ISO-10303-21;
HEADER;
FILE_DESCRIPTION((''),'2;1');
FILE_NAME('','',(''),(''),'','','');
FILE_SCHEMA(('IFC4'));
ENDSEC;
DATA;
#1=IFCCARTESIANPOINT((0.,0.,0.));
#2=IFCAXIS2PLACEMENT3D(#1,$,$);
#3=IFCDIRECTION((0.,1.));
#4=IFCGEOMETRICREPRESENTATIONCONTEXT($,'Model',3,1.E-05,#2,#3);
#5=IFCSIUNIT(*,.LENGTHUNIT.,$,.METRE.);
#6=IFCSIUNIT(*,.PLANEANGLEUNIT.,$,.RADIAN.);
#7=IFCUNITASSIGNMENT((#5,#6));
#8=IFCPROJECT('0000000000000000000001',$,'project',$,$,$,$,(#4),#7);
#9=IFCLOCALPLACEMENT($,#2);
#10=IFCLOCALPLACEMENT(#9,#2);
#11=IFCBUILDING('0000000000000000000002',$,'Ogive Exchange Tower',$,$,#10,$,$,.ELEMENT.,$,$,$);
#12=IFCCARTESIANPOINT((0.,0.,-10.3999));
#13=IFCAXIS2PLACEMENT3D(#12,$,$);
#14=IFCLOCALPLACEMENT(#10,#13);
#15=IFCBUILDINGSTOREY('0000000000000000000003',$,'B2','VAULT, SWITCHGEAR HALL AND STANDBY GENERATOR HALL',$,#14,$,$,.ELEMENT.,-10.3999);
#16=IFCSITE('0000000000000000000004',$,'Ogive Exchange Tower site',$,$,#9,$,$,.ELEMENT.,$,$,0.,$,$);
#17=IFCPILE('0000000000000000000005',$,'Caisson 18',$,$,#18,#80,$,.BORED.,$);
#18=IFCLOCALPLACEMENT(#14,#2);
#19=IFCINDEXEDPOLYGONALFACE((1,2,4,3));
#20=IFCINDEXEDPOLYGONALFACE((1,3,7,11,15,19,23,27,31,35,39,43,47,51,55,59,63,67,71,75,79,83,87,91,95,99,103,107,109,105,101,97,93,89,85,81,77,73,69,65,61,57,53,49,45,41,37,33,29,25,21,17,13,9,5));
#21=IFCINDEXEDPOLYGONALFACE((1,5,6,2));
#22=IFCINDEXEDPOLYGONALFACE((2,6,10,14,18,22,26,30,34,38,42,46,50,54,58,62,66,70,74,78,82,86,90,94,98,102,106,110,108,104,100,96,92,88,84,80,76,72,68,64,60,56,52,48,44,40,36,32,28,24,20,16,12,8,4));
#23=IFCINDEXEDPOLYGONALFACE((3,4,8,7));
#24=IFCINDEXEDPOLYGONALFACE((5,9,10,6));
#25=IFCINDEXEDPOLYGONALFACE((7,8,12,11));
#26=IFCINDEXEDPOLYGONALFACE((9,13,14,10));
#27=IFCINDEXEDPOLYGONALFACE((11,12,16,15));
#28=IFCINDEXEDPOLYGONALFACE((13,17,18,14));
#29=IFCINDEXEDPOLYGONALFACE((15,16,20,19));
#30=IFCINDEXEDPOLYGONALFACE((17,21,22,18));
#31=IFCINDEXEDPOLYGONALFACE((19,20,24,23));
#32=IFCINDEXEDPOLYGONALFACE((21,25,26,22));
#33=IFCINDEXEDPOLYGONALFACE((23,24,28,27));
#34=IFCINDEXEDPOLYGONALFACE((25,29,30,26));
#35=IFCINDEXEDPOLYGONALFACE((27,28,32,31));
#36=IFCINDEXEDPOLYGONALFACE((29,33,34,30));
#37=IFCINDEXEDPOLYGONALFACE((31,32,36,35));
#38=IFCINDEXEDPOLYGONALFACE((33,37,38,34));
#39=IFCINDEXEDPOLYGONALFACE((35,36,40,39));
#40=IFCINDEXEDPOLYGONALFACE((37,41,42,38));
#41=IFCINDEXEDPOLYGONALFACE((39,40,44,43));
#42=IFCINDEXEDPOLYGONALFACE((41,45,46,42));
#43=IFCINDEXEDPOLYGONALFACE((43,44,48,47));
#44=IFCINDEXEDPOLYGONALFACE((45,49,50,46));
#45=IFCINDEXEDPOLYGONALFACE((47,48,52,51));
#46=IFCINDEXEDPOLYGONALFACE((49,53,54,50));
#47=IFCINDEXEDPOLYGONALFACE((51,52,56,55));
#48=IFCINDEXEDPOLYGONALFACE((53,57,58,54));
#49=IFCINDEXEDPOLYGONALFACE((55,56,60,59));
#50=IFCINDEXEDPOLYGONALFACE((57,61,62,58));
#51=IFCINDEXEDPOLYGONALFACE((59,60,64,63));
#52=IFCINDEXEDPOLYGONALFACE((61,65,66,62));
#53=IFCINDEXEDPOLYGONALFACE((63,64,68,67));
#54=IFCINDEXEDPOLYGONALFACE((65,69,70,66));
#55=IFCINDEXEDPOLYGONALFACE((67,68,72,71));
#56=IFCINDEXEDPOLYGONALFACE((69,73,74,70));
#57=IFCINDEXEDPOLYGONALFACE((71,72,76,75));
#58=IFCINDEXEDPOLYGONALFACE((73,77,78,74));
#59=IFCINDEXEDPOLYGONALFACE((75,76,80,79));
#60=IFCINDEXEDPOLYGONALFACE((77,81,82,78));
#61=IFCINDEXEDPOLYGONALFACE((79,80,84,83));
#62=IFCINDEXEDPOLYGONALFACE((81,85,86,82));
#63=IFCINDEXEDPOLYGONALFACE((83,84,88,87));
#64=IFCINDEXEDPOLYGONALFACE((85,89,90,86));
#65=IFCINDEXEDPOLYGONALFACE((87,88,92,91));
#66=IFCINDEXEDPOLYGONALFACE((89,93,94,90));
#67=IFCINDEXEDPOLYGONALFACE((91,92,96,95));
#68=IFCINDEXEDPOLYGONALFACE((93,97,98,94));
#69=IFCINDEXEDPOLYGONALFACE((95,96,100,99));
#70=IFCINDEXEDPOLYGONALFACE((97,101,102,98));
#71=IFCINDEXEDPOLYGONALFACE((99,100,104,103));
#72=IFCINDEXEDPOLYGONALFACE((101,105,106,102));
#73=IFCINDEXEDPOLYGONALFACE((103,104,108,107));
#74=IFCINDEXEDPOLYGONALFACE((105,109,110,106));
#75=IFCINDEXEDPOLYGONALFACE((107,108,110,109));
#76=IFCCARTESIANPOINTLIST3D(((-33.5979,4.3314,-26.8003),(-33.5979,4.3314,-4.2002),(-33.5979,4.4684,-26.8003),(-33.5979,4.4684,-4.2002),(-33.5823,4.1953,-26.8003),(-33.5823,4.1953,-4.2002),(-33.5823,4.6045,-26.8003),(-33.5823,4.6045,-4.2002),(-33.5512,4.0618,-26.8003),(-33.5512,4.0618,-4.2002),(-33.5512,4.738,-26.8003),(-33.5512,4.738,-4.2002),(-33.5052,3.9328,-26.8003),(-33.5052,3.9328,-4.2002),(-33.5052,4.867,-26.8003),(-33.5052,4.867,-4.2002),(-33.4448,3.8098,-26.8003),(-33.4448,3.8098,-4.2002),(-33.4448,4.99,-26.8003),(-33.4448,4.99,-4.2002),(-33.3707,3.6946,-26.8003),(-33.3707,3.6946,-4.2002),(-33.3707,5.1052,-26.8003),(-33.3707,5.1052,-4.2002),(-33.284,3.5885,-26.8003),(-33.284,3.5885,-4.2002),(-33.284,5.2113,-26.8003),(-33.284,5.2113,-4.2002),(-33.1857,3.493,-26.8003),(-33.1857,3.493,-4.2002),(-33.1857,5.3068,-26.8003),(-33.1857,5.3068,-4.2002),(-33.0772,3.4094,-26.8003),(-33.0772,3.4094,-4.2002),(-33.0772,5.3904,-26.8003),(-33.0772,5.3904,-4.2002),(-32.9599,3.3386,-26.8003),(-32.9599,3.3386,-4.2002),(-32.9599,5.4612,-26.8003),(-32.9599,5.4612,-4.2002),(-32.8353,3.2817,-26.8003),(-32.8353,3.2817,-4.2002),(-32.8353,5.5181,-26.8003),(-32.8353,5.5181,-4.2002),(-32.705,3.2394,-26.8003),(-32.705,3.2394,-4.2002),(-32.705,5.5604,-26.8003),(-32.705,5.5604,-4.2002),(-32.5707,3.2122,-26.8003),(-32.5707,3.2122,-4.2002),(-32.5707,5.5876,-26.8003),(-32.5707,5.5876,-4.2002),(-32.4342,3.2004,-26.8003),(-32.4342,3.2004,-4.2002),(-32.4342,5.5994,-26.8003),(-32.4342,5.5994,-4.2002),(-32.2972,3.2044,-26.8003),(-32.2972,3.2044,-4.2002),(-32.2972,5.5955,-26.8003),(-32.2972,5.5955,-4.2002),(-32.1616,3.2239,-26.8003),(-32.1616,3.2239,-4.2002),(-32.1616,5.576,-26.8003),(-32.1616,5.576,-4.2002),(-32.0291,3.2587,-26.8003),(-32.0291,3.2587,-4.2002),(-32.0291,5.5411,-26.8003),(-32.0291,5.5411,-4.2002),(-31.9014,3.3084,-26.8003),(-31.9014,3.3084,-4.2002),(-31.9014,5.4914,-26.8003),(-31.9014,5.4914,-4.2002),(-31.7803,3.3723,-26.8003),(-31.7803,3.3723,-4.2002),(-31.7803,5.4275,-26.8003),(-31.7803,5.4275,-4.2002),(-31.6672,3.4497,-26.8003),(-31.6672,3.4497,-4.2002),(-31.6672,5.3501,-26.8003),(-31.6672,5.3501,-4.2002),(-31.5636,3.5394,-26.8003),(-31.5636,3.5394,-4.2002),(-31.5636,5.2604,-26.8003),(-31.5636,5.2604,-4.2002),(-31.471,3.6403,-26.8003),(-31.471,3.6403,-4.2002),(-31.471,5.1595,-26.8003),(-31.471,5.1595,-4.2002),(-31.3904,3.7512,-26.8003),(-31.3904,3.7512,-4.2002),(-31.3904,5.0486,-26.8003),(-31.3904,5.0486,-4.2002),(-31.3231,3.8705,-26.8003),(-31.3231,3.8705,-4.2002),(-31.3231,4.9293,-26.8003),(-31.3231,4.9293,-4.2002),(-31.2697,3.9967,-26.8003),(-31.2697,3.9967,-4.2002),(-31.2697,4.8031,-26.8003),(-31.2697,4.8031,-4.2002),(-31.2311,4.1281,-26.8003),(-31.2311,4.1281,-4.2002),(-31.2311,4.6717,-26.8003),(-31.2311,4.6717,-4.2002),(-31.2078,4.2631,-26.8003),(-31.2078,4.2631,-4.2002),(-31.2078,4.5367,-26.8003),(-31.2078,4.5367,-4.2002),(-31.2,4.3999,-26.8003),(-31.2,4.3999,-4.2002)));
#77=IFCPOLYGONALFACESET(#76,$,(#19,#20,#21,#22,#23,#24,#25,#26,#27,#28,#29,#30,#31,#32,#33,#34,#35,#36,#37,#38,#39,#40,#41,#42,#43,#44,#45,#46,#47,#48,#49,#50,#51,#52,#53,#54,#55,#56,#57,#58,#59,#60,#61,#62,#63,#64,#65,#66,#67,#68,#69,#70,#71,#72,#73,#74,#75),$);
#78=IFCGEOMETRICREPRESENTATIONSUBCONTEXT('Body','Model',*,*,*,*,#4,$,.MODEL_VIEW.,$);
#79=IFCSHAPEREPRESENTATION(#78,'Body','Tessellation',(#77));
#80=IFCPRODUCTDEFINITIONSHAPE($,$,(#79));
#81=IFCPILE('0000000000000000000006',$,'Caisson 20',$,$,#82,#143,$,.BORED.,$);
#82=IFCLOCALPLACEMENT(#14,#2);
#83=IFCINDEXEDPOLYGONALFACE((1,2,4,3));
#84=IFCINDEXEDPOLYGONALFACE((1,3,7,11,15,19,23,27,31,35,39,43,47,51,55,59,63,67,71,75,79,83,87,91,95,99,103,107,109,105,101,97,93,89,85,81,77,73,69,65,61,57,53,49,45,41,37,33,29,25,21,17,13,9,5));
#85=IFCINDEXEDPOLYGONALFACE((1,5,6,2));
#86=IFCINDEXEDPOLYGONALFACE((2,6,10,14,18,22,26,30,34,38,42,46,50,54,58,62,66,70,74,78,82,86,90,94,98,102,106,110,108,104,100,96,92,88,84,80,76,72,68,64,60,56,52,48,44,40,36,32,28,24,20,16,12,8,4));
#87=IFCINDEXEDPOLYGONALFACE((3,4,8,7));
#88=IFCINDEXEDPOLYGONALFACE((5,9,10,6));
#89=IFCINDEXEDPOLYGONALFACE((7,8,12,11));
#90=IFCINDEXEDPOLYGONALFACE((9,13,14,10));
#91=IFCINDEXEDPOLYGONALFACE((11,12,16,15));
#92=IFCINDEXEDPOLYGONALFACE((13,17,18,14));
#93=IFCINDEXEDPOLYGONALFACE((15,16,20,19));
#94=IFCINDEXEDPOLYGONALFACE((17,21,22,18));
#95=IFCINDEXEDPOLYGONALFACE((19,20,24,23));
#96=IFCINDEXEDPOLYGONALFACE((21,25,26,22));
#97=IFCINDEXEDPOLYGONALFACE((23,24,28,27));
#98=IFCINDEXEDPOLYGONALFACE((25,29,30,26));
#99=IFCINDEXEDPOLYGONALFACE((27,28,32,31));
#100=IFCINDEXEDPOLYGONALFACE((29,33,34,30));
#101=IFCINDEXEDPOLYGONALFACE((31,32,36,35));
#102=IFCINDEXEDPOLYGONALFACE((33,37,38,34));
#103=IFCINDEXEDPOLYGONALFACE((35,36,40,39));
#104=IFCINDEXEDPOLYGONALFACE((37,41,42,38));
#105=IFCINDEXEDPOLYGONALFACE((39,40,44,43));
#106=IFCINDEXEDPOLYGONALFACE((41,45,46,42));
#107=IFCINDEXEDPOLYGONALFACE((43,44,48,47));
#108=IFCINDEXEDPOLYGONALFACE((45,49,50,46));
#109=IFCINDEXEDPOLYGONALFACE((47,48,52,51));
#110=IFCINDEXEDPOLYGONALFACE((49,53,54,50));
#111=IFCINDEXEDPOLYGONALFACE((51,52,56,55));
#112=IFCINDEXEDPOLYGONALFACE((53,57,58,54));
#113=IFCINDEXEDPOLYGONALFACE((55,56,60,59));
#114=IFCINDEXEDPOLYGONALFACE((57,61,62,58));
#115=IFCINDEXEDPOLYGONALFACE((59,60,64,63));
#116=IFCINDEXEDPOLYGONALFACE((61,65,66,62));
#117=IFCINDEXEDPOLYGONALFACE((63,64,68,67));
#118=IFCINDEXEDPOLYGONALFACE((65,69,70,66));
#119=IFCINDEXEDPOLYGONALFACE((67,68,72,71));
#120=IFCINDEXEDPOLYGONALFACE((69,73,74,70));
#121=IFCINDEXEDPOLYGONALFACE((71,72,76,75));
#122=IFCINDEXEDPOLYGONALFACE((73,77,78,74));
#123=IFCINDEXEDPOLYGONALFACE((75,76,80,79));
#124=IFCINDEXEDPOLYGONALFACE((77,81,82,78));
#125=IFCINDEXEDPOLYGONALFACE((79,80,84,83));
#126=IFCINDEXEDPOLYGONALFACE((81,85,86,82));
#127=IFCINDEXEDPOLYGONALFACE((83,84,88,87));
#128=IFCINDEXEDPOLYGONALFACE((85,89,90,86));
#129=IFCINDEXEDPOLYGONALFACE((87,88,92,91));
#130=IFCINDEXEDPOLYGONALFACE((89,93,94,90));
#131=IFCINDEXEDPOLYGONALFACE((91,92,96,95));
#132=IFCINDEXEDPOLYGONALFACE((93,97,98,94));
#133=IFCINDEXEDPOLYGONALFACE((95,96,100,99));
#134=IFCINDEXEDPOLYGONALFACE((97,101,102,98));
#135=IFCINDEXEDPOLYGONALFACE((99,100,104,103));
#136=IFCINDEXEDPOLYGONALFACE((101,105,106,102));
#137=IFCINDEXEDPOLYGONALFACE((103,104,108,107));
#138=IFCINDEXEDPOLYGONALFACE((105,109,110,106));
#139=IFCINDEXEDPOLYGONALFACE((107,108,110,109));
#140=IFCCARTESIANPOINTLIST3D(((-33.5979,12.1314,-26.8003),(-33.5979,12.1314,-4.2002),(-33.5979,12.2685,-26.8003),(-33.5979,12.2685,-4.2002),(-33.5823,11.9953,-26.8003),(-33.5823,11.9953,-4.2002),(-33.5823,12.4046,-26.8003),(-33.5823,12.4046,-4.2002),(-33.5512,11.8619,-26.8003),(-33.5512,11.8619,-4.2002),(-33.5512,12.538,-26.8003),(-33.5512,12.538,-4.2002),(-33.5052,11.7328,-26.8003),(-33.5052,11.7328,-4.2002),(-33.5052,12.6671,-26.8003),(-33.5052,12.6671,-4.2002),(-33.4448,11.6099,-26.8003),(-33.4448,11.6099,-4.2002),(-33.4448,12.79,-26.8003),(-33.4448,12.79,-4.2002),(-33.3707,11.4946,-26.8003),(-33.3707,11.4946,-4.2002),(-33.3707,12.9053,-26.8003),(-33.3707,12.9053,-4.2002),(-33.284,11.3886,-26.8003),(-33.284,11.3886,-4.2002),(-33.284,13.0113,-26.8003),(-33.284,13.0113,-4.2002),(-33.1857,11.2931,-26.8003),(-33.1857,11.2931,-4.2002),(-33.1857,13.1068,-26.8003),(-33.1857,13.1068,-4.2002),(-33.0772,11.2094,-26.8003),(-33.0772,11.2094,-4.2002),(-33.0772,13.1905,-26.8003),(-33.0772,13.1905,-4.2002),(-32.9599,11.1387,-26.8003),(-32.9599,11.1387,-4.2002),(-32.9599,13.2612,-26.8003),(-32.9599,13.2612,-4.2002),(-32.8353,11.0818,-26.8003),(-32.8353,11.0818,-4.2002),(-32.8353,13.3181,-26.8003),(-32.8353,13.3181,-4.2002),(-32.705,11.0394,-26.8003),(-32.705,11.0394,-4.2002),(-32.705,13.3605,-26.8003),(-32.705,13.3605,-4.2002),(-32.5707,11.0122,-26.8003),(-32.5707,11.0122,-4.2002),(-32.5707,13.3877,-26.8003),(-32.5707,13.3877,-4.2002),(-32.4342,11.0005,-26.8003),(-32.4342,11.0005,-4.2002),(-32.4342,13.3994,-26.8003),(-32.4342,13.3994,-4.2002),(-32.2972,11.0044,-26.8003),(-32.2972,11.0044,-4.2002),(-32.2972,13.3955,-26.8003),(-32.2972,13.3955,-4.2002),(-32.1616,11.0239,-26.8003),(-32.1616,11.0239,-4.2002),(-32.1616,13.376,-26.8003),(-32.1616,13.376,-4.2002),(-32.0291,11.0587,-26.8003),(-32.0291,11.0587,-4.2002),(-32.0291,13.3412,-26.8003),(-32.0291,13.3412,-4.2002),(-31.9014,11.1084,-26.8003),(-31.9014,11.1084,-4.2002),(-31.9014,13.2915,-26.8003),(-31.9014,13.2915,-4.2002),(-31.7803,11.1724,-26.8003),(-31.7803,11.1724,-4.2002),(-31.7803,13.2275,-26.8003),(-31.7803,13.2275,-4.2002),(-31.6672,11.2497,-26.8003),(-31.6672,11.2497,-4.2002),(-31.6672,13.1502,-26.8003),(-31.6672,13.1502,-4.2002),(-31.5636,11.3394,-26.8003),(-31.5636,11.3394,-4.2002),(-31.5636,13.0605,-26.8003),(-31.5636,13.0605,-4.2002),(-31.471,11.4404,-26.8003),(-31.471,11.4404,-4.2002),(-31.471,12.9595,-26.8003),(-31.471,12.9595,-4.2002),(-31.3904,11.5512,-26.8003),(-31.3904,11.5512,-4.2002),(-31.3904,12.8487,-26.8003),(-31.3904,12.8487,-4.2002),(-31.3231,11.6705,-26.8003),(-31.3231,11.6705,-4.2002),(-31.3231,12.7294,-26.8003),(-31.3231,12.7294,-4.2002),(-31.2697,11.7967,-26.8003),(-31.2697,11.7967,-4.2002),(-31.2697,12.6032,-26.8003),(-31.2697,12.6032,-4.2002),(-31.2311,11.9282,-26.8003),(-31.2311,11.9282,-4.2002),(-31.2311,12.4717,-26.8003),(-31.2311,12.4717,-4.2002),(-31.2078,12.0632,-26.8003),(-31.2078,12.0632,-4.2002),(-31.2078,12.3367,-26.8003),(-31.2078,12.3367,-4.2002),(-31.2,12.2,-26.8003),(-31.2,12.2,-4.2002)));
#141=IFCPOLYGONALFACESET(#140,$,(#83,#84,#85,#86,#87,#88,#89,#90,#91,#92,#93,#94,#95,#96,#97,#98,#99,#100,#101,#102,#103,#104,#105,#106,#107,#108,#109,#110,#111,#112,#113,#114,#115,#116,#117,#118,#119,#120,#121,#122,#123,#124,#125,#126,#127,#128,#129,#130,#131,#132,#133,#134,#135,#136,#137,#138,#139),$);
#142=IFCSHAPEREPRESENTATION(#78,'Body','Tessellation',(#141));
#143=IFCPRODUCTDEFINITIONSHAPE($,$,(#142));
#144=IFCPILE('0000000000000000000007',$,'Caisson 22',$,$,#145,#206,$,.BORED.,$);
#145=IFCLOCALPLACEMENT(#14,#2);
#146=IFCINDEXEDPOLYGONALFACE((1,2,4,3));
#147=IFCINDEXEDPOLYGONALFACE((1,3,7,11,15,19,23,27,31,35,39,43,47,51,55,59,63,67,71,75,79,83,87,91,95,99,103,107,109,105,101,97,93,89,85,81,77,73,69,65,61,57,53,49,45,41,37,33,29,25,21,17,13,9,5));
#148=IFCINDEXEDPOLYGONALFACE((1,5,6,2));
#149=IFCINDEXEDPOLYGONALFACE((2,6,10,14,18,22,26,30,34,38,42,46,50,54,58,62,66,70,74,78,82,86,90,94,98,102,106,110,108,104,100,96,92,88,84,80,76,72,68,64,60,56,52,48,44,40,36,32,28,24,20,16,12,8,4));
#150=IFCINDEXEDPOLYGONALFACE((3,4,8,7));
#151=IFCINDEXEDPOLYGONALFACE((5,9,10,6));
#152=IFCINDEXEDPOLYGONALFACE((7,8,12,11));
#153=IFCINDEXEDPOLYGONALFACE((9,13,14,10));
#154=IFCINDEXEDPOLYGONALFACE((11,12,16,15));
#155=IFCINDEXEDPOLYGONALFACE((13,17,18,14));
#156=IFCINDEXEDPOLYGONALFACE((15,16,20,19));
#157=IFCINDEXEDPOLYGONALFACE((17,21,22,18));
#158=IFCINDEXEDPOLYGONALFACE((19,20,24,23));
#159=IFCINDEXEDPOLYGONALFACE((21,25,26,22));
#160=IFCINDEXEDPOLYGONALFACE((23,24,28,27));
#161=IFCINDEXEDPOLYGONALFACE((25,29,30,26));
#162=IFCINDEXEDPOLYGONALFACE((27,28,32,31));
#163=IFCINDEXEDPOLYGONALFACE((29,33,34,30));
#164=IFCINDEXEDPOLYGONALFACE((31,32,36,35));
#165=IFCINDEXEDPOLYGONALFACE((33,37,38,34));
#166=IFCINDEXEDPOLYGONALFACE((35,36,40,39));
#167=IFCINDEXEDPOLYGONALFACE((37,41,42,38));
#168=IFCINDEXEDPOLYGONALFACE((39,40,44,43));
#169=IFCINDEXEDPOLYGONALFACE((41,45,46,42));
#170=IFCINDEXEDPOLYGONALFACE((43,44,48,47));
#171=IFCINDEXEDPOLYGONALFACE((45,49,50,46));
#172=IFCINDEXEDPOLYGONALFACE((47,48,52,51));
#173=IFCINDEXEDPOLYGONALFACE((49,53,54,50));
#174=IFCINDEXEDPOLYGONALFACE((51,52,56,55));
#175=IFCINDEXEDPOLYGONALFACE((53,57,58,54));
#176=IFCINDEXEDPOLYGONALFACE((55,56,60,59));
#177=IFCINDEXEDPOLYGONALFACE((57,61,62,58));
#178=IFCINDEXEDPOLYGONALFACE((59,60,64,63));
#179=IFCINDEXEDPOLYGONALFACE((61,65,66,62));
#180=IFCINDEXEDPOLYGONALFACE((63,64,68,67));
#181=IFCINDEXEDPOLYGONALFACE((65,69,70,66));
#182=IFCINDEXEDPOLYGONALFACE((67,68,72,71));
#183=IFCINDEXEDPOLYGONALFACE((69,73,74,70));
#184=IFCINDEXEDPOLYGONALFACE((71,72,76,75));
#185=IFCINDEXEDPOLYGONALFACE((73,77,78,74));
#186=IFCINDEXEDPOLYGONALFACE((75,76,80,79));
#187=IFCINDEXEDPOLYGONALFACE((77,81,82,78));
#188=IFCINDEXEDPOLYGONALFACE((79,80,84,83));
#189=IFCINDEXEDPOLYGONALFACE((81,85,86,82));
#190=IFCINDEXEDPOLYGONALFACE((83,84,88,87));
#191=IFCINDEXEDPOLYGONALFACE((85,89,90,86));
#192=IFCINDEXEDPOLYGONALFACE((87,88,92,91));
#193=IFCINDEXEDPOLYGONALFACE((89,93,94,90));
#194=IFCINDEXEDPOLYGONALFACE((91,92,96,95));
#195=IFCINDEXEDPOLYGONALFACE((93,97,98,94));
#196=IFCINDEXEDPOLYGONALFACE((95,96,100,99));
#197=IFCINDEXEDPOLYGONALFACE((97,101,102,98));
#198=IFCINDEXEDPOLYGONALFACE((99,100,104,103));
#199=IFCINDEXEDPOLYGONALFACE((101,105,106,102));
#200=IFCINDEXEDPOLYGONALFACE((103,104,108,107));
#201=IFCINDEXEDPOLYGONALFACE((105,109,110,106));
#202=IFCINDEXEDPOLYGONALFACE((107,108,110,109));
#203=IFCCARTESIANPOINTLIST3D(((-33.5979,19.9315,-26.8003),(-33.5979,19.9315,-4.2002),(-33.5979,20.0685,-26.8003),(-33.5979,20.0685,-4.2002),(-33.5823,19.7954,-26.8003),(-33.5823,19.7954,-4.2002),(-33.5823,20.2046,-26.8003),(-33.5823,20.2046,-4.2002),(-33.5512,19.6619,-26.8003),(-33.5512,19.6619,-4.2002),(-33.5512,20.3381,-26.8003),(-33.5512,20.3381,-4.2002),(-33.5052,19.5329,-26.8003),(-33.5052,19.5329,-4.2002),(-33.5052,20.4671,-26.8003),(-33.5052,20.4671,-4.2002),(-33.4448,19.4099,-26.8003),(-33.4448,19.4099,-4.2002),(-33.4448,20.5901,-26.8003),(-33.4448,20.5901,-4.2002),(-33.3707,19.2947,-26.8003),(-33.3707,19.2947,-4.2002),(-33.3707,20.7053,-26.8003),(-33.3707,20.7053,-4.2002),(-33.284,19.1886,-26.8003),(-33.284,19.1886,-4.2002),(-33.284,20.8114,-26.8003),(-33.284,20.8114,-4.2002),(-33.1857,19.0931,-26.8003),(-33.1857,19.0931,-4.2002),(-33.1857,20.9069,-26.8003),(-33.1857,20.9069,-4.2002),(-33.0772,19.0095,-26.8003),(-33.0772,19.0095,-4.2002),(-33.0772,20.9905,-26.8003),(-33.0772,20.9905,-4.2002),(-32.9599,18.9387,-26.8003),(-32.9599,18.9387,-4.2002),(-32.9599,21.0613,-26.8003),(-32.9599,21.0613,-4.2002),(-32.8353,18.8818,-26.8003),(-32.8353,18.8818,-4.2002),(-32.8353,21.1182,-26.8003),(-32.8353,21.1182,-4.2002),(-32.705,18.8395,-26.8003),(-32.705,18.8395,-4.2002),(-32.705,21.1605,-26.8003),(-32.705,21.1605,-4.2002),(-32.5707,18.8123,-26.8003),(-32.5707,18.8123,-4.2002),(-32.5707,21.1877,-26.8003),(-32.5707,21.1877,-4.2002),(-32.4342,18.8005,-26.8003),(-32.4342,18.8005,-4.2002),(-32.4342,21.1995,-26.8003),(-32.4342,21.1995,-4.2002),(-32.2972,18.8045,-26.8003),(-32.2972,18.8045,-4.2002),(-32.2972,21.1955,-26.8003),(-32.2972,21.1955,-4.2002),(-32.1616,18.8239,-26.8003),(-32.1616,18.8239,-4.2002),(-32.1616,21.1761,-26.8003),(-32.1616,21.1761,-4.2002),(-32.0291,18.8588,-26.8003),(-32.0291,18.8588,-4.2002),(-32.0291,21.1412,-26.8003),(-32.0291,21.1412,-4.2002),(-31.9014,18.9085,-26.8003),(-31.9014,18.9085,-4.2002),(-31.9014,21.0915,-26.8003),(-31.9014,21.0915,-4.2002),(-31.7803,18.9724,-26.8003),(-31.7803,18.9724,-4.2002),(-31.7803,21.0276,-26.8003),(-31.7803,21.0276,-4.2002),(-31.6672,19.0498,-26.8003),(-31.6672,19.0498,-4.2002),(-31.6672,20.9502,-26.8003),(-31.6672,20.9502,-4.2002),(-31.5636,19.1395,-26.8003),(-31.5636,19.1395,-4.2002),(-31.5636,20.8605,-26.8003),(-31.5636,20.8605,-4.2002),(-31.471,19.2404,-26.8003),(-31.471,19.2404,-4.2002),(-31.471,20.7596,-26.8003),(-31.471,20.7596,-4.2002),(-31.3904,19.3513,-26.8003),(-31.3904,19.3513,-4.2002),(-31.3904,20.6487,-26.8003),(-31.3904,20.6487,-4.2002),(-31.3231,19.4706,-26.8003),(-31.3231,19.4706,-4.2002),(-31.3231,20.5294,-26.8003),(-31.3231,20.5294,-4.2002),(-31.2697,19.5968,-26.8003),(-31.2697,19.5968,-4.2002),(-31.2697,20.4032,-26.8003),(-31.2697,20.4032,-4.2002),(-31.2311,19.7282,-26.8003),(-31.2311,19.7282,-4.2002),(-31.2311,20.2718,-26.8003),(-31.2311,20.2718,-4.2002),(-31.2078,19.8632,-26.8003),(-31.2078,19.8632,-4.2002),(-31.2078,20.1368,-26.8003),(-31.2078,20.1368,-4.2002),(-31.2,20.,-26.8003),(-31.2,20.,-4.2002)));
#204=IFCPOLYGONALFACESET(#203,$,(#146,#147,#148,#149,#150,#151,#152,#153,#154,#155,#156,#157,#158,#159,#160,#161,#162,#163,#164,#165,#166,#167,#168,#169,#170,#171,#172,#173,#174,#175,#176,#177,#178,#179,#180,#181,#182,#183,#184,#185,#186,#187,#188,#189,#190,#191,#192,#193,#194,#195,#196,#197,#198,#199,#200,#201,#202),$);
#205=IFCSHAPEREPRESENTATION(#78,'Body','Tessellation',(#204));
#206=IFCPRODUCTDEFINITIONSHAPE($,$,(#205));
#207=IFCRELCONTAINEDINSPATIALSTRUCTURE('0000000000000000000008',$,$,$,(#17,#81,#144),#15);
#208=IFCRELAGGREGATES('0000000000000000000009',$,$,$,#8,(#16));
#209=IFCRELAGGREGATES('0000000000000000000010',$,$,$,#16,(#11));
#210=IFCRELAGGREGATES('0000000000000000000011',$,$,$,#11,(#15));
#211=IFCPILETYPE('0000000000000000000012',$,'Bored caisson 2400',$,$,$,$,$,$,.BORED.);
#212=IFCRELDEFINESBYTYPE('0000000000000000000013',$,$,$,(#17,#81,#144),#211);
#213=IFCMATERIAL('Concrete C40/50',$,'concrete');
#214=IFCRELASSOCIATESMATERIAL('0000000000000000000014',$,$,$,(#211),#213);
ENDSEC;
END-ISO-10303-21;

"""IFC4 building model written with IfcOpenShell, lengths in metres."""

from ifc_helpers import new_model, si_unit, direction, frame, origin, origin_2d, place, context, subcontext, project, spatial, circle, extrude, material, material_profile, profile_set, type_object, element, save


model = new_model("IFC4")

# Units and contexts
model_context = context("Model", 3, precision=1e-05, world=origin(), true_north=direction((0.0, 1.0)))
body_context = subcontext(model_context, "Body", "Model", "MODEL_VIEW")
ifc_project = project(units=[si_unit("LENGTHUNIT", "METRE"), si_unit("PLANEANGLEUNIT", "RADIAN")], contexts=[model_context])

# Site, building, storey
site_placement = place(None, origin())
site = spatial("IfcSite", under=ifc_project, at=site_placement, Name="Ogive Exchange Tower site", CompositionType="ELEMENT", RefElevation=0.0)
building_placement = place(site_placement, origin())
building = spatial("IfcBuilding", under=site, at=building_placement, Name="Ogive Exchange Tower", CompositionType="ELEMENT")
storey_placement = place(building_placement, frame((0.0, 0.0, -10.3999)))
storey = spatial("IfcBuildingStorey", under=building, at=storey_placement, Name="B2", Description="VAULT, SWITCHGEAR HALL AND STANDBY GENERATOR HALL", CompositionType="ELEMENT", Elevation=-10.3999)

# Piles
ifc_material_1 = material(Name="Concrete C40/50", Category="concrete")
ifc_material_profile_1 = material_profile(ifc_material_1, circle(Radius=1.2, at=origin_2d()), Name="RC caisson 2400")
ifc_profile_set_1 = profile_set([ifc_material_profile_1], Name="Concrete C40/50")
pile_type = type_object("IfcPileType", Name="Bored caisson 2400", PredefinedType="BORED", material=ifc_profile_set_1)
for number, where, z_axis, x_axis, name in (
    (1, (-32.3999, 4.3999, -4.2002), (0.0, 0.0, -1.0), (1.0, 0.0, 0.0), "Caisson 18"),
    (2, (-32.3999, 12.2, -4.2002), (0.0, 0.0, -1.0), (1.0, 0.0, 0.0), "Caisson 20"),
    (3, (-32.3999, 20.0, -4.2002), (0.0, 0.0, -1.0), (1.0, 0.0, 0.0), "Caisson 22"),
):
    element("IfcPile", number, at=place(storey_placement, frame(where, z_axis=z_axis, x_axis=x_axis)), inside=storey, type_object=pile_type, Name=name, PredefinedType="BORED", context=body_context, shape_type="SweptSolid", body=[
        extrude(circle(Radius=1.2, at=origin_2d()), origin(), (0.0, 0.0, 1.0), 22.6001),
    ])

save(model, "model.ifc")
